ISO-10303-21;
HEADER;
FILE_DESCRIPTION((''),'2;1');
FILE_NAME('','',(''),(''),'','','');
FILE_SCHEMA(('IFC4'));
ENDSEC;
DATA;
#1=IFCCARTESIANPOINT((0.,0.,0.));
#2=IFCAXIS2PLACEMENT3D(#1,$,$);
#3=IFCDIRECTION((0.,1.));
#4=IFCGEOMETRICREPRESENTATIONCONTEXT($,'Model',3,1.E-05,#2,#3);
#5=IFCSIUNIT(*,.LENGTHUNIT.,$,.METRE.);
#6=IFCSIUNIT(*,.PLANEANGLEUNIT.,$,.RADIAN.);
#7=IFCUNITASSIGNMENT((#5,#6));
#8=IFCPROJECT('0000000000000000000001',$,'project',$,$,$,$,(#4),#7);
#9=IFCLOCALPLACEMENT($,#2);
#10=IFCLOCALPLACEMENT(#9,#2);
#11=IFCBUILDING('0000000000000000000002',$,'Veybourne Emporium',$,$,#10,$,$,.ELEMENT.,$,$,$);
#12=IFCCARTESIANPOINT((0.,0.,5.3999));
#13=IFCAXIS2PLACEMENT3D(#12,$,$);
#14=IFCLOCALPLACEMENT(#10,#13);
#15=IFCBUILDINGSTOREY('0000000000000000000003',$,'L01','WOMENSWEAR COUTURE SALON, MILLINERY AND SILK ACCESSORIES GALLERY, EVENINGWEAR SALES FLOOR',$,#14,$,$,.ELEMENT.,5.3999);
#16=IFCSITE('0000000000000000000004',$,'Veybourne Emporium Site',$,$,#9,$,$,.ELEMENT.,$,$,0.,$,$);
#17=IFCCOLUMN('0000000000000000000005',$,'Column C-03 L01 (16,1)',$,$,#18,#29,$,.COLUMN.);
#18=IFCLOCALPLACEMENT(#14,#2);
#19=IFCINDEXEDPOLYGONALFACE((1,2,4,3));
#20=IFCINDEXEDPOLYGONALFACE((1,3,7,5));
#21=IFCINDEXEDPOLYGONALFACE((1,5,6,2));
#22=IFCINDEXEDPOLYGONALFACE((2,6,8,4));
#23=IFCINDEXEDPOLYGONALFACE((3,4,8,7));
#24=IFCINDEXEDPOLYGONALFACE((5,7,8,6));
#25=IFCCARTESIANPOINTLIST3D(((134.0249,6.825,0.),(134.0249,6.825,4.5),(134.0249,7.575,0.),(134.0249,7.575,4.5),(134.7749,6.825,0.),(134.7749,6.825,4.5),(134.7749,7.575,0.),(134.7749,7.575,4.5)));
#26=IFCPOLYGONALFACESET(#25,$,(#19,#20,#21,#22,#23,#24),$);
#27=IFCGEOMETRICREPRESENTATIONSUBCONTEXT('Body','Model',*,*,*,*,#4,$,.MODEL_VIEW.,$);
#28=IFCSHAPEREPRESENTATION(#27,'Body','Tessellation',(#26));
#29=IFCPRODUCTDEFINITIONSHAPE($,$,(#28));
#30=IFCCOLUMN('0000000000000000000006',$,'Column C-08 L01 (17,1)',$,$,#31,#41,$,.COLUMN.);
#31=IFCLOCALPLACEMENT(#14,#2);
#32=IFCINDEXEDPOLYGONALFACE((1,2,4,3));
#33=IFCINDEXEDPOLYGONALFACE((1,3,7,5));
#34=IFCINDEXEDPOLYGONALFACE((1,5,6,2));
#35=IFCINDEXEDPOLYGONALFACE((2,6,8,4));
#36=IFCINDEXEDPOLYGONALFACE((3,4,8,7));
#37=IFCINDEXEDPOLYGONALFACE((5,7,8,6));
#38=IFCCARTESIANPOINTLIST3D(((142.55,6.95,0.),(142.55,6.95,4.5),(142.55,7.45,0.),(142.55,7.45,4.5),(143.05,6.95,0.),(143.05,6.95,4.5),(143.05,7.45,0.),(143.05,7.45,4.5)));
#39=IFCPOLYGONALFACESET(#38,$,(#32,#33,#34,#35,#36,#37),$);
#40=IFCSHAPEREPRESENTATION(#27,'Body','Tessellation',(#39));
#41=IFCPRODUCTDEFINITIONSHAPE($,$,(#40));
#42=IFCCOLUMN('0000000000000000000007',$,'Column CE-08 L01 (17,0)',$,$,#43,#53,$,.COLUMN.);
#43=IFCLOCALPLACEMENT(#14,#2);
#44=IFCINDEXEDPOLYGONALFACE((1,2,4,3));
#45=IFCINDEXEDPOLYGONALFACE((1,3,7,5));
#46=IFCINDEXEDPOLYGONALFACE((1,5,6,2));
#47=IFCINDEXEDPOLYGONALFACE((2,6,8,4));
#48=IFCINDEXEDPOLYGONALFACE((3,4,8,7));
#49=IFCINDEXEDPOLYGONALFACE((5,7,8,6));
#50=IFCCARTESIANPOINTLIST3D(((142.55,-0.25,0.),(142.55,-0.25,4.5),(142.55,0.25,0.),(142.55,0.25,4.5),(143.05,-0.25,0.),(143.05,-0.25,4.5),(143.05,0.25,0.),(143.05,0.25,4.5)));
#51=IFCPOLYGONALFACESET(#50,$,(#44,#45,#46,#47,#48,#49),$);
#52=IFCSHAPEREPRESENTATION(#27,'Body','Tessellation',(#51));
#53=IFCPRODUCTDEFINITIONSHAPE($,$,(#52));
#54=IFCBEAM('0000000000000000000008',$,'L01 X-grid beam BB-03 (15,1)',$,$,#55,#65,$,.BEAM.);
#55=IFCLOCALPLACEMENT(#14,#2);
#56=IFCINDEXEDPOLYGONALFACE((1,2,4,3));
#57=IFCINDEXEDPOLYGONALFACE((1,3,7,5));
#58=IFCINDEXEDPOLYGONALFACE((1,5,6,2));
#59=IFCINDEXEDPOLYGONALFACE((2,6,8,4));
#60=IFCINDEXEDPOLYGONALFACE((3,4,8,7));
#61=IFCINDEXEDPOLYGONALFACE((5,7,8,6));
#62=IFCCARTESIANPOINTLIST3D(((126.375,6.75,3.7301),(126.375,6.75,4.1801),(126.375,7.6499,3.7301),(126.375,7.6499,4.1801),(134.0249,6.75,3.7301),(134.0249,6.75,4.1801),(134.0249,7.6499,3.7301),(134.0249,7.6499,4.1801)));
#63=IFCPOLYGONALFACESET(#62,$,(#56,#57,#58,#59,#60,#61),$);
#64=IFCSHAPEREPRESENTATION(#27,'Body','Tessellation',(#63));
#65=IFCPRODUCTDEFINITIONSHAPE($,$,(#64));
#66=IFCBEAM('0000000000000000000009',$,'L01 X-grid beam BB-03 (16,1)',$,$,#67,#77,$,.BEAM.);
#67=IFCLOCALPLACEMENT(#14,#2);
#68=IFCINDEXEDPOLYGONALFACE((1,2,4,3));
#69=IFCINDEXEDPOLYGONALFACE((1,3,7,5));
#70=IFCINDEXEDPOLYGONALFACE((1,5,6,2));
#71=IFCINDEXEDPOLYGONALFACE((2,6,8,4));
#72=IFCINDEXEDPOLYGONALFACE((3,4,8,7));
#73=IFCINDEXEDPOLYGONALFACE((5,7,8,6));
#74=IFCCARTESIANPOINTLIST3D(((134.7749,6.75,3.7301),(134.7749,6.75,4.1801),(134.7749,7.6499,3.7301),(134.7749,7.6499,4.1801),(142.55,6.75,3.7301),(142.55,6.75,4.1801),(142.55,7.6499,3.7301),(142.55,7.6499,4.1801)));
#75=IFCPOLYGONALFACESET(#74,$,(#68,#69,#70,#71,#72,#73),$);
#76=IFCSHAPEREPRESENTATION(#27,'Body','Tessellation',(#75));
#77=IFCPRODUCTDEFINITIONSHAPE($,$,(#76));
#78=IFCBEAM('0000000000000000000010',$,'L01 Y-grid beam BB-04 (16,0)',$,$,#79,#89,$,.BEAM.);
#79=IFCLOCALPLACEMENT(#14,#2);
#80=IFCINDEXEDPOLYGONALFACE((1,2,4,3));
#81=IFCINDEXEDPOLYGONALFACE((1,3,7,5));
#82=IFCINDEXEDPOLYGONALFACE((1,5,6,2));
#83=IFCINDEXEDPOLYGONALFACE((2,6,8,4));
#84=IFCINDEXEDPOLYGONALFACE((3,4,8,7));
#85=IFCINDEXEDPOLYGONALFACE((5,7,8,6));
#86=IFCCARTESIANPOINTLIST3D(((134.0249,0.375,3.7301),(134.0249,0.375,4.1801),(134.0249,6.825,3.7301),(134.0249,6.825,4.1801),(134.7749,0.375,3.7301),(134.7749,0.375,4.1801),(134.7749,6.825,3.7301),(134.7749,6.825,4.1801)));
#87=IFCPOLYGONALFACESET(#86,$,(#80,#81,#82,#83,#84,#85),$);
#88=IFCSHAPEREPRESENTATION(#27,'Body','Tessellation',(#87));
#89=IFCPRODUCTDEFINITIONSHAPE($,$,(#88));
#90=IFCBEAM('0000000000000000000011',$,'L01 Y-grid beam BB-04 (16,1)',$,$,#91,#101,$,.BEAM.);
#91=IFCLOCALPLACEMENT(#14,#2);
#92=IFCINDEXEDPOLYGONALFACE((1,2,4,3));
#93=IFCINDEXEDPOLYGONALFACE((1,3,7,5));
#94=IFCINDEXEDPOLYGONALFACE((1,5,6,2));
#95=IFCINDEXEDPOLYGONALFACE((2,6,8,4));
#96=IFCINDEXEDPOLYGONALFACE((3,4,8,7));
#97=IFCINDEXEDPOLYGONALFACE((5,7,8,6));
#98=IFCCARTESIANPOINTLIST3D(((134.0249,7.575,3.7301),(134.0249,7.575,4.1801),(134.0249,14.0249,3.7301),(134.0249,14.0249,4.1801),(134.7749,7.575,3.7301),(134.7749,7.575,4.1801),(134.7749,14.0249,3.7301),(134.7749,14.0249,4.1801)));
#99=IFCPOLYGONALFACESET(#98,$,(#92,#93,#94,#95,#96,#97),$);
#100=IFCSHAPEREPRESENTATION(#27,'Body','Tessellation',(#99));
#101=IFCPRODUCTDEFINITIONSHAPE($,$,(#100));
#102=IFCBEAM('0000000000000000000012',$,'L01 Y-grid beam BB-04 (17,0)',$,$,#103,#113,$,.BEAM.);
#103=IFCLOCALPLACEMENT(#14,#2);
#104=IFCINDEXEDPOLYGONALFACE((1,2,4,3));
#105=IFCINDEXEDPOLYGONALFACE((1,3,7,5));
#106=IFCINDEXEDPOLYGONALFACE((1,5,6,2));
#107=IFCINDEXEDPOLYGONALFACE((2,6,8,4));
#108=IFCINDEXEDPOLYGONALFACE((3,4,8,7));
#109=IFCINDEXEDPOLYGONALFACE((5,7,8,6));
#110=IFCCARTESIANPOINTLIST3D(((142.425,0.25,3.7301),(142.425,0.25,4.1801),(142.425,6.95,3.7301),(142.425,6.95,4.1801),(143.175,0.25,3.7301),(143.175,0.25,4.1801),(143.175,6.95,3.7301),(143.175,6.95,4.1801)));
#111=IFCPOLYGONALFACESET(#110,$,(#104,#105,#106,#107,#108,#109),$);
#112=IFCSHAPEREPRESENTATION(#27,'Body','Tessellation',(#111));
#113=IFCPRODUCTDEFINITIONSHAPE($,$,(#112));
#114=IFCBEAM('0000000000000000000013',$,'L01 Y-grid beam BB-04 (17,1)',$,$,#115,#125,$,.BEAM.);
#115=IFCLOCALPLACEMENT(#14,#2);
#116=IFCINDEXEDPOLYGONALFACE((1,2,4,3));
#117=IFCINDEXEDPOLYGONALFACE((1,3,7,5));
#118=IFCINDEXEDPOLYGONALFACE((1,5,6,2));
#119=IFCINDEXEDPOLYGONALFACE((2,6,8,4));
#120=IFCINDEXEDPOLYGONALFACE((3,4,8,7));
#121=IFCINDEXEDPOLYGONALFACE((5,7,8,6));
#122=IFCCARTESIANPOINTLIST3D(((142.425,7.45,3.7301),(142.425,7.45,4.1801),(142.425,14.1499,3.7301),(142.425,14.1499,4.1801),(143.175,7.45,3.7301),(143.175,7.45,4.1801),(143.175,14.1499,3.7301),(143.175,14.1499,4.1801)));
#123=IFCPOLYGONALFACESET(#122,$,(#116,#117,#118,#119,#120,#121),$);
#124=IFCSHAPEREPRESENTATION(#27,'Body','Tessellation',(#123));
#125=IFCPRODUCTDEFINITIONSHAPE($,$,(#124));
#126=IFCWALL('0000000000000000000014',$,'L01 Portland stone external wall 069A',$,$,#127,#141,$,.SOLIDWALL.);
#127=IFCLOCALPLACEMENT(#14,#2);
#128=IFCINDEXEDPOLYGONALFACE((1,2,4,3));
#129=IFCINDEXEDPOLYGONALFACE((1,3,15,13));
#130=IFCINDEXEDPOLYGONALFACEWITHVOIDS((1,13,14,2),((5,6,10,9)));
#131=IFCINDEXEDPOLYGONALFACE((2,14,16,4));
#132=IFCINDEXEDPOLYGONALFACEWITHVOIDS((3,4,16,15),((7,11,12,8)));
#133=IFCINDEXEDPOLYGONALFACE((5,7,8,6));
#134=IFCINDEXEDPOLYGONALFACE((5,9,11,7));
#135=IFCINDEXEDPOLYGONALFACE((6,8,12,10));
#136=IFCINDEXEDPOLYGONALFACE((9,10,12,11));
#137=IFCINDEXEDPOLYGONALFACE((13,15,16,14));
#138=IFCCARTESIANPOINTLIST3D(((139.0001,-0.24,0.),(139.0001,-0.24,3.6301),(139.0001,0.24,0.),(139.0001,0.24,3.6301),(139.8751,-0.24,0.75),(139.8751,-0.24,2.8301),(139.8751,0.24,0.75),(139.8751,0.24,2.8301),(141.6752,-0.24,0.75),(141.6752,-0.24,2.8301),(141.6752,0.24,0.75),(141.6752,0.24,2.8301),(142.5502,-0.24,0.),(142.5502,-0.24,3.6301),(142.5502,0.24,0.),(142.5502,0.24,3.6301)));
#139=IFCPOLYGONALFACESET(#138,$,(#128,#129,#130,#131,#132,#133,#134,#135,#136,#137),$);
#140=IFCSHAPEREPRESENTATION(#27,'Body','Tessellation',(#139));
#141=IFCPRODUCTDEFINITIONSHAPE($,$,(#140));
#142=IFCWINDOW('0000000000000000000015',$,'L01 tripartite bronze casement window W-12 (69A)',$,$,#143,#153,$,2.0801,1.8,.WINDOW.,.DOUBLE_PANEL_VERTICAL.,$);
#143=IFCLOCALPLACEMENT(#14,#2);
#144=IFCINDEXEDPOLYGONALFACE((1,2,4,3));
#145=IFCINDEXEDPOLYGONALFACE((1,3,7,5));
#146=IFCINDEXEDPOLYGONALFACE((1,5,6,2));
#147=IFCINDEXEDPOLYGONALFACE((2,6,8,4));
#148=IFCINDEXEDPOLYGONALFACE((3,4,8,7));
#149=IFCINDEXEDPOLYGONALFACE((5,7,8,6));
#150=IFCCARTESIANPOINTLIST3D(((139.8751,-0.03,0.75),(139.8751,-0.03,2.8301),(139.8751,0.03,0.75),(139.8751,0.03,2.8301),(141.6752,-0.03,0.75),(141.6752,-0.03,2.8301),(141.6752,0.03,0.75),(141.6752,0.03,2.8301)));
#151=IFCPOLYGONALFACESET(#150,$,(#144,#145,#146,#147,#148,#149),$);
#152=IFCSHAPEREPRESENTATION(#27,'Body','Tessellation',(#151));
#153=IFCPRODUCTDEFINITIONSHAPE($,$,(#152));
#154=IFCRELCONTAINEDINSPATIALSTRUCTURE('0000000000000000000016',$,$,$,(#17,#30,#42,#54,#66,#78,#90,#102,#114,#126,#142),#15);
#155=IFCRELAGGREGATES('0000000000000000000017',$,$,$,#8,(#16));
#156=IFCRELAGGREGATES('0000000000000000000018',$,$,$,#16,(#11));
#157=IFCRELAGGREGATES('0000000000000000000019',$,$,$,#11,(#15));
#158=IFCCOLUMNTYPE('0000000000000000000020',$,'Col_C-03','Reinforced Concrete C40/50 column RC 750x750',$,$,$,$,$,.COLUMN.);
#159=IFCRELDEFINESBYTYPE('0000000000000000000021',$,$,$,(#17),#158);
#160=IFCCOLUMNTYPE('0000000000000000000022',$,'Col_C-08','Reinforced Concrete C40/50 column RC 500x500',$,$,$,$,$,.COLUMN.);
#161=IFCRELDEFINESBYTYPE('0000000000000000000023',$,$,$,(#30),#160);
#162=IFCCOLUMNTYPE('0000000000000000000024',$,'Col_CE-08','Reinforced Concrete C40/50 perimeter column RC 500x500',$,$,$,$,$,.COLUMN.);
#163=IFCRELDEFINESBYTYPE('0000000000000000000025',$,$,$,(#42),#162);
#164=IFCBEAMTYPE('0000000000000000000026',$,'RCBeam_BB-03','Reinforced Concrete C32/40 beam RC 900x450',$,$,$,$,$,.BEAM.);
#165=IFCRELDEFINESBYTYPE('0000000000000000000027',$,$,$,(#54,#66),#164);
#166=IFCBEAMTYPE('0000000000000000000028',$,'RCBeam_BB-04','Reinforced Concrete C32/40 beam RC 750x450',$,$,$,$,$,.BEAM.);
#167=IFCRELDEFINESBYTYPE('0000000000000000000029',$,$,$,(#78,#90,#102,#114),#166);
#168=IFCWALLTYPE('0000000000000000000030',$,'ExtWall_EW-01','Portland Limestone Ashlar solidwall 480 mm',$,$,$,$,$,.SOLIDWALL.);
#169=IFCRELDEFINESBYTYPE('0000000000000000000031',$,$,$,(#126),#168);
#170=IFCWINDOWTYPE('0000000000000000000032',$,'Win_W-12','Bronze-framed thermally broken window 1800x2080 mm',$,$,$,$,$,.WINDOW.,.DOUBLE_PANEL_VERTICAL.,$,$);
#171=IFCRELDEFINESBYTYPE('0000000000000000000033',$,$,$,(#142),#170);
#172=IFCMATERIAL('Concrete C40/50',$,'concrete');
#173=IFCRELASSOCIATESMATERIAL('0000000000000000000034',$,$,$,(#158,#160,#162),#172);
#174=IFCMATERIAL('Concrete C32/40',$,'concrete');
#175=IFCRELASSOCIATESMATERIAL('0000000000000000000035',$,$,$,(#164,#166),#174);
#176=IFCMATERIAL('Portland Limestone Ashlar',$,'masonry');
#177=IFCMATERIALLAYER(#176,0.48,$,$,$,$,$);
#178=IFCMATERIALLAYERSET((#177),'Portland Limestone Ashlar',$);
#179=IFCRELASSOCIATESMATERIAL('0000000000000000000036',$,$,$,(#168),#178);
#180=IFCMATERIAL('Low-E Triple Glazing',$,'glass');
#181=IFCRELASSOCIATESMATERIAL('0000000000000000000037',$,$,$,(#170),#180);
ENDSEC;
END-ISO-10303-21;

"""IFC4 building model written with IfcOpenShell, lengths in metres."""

from ifc_helpers import new_model, si_unit, direction, frame, frame_2d, origin, origin_2d, place, context, subcontext, project, spatial, rectangle, extrude, material, layer, layer_set, material_profile, profile_set, type_object, element, fill, save


model = new_model("IFC4")

# Units and contexts
model_context = context("Model", 3, precision=1e-05, world=origin(), true_north=direction((0.0, 1.0)))
body_context = subcontext(model_context, "Body", "Model", "MODEL_VIEW")
ifc_project = project(units=[si_unit("LENGTHUNIT", "METRE"), si_unit("PLANEANGLEUNIT", "RADIAN")], contexts=[model_context])

# Site, building, storey
site_placement = place(None, origin())
site = spatial("IfcSite", under=ifc_project, at=site_placement, Name="Veybourne Emporium Site", CompositionType="ELEMENT", RefElevation=0.0)
building_placement = place(site_placement, origin())
building = spatial("IfcBuilding", under=site, at=building_placement, Name="Veybourne Emporium", CompositionType="ELEMENT")
storey_placement = place(building_placement, frame((0.0, 0.0, 5.3999)))
storey = spatial("IfcBuildingStorey", under=building, at=storey_placement, Name="L01", Description="WOMENSWEAR COUTURE SALON, MILLINERY AND SILK ACCESSORIES GALLERY, EVENINGWEAR SALES FLOOR", CompositionType="ELEMENT", Elevation=5.3999)

# Columns
ifc_material_1 = material(Name="Concrete C40/50", Category="concrete")
ifc_material_profile_1 = material_profile(ifc_material_1, rectangle(XDim=0.75, YDim=0.75, at=origin_2d()), Name="RC 750x750")
ifc_profile_set_1 = profile_set([ifc_material_profile_1], Name="Concrete C40/50")
column_type_1 = type_object("IfcColumnType", Name="Col_C-03", Description="Reinforced Concrete C40/50 column RC 750x750", PredefinedType="COLUMN", material=ifc_profile_set_1)
column_1_placement = place(storey_placement, frame((134.3999, 7.2, 0.0), z_axis=(0.0, 0.0, 1.0), x_axis=(1.0, 0.0, 0.0)))
element("IfcColumn", 1, at=column_1_placement, inside=storey, type_object=column_type_1, Name="Column C-03 L01 (16,1)", PredefinedType="COLUMN", context=body_context, shape_type="SweptSolid", body=[
    extrude(rectangle(XDim=0.75, YDim=0.75, at=origin_2d()), origin(), (0.0, 0.0, 1.0), 4.5),
])
ifc_material_profile_2 = material_profile(ifc_material_1, rectangle(XDim=0.5, YDim=0.5, at=origin_2d()), Name="RC 500x500")
ifc_profile_set_2 = profile_set([ifc_material_profile_2], Name="Concrete C40/50")
column_type_2 = type_object("IfcColumnType", Name="Col_C-08", Description="Reinforced Concrete C40/50 column RC 500x500", PredefinedType="COLUMN", material=ifc_profile_set_2)
column_2_placement = place(storey_placement, frame((142.8, 7.2, 0.0), z_axis=(0.0, 0.0, 1.0), x_axis=(1.0, 0.0, 0.0)))
element("IfcColumn", 2, at=column_2_placement, inside=storey, type_object=column_type_2, Name="Column C-08 L01 (17,1)", PredefinedType="COLUMN", context=body_context, shape_type="SweptSolid", body=[
    extrude(rectangle(XDim=0.5, YDim=0.5, at=origin_2d()), origin(), (0.0, 0.0, 1.0), 4.5),
])
ifc_material_profile_3 = material_profile(ifc_material_1, rectangle(XDim=0.5, YDim=0.5, at=origin_2d()), Name="RC 500x500")
ifc_profile_set_3 = profile_set([ifc_material_profile_3], Name="Concrete C40/50")
column_type_3 = type_object("IfcColumnType", Name="Col_CE-08", Description="Reinforced Concrete C40/50 perimeter column RC 500x500", PredefinedType="COLUMN", material=ifc_profile_set_3)
column_3_placement = place(storey_placement, frame((142.8, 0.0, 0.0), z_axis=(0.0, 0.0, 1.0), x_axis=(1.0, 0.0, 0.0)))
element("IfcColumn", 3, at=column_3_placement, inside=storey, type_object=column_type_3, Name="Column CE-08 L01 (17,0)", PredefinedType="COLUMN", context=body_context, shape_type="SweptSolid", body=[
    extrude(rectangle(XDim=0.5, YDim=0.5, at=origin_2d()), origin(), (0.0, 0.0, 1.0), 4.5),
])

# Beams
ifc_material_2 = material(Name="Concrete C32/40", Category="concrete")
ifc_material_profile_4 = material_profile(ifc_material_2, rectangle(XDim=0.8999, YDim=0.45, at=origin_2d()), Name="RC 900x450")
ifc_profile_set_4 = profile_set([ifc_material_profile_4], Name="Concrete C32/40")
beam_type_1 = type_object("IfcBeamType", Name="RCBeam_BB-03", Description="Reinforced Concrete C32/40 beam RC 900x450", PredefinedType="BEAM", material=ifc_profile_set_4)
beam_1_placement = place(storey_placement, frame((126.375, 7.2, 3.9551), z_axis=(1.0, 0.0, 0.0), x_axis=(0.0, 1.0, 0.0)))
element("IfcBeam", 4, at=beam_1_placement, inside=storey, type_object=beam_type_1, Name="L01 X-grid beam BB-03 (15,1)", PredefinedType="BEAM", context=body_context, shape_type="SweptSolid", body=[
    extrude(rectangle(XDim=0.8999, YDim=0.45, at=origin_2d()), origin(), (0.0, 0.0, 1.0), 7.6499),
])
beam_2_placement = place(storey_placement, frame((134.7749, 7.2, 3.9551), z_axis=(1.0, 0.0, 0.0), x_axis=(0.0, 1.0, 0.0)))
element("IfcBeam", 5, at=beam_2_placement, inside=storey, type_object=beam_type_1, Name="L01 X-grid beam BB-03 (16,1)", PredefinedType="BEAM", context=body_context, shape_type="SweptSolid", body=[
    extrude(rectangle(XDim=0.8999, YDim=0.45, at=origin_2d()), origin(), (0.0, 0.0, 1.0), 7.7751),
])
ifc_material_profile_5 = material_profile(ifc_material_2, rectangle(XDim=0.75, YDim=0.45, at=origin_2d()), Name="RC 750x450")
ifc_profile_set_5 = profile_set([ifc_material_profile_5], Name="Concrete C32/40")
beam_type_2 = type_object("IfcBeamType", Name="RCBeam_BB-04", Description="Reinforced Concrete C32/40 beam RC 750x450", PredefinedType="BEAM", material=ifc_profile_set_5)
for number, where, z_axis, x_axis, name in (
    (6, (134.3999, 0.375, 3.9551), (0.0, 1.0, 0.0), (-1.0, 0.0, 0.0), "L01 Y-grid beam BB-04 (16,0)"),
    (7, (134.3999, 7.575, 3.9551), (0.0, 1.0, 0.0), (-1.0, 0.0, 0.0), "L01 Y-grid beam BB-04 (16,1)"),
):
    element("IfcBeam", number, at=place(storey_placement, frame(where, z_axis=z_axis, x_axis=x_axis)), inside=storey, type_object=beam_type_2, Name=name, PredefinedType="BEAM", context=body_context, shape_type="SweptSolid", body=[
        extrude(rectangle(XDim=0.75, YDim=0.45, at=origin_2d()), origin(), (0.0, 0.0, 1.0), 6.45),
    ])
for number, where, z_axis, x_axis, name in (
    (8, (142.8, 0.25, 3.9551), (0.0, 1.0, 0.0), (-1.0, 0.0, 0.0), "L01 Y-grid beam BB-04 (17,0)"),
    (9, (142.8, 7.45, 3.9551), (0.0, 1.0, 0.0), (-1.0, 0.0, 0.0), "L01 Y-grid beam BB-04 (17,1)"),
):
    element("IfcBeam", number, at=place(storey_placement, frame(where, z_axis=z_axis, x_axis=x_axis)), inside=storey, type_object=beam_type_2, Name=name, PredefinedType="BEAM", context=body_context, shape_type="SweptSolid", body=[
        extrude(rectangle(XDim=0.75, YDim=0.45, at=origin_2d()), origin(), (0.0, 0.0, 1.0), 6.7),
    ])

# Wall, opening, window
ifc_material_3 = material(Name="Portland Limestone Ashlar", Category="masonry")
ifc_layer_1 = layer(ifc_material_3, 0.48)
ifc_layer_set_1 = layer_set([ifc_layer_1], Name="Portland Limestone Ashlar")
wall_type_1 = type_object("IfcWallType", Name="ExtWall_EW-01", Description="Portland Limestone Ashlar solidwall 480 mm", PredefinedType="SOLIDWALL", material=ifc_layer_set_1)
wall_1_placement = place(storey_placement, frame((142.55, 0.0, 0.0), z_axis=(0.0, 0.0, 1.0), x_axis=(-1.0, 0.0, 0.0)))
wall_1 = element("IfcWall", 10, at=wall_1_placement, inside=storey, type_object=wall_type_1, Name="L01 Portland stone external wall 069A", PredefinedType="SOLIDWALL", context=body_context, shape_type="SweptSolid", body=[
    extrude(rectangle(XDim=3.55, YDim=0.48, at=frame_2d((1.7749, 0.0))), origin(), (0.0, 0.0, 1.0), 3.6301),
])
opening_1_placement = place(wall_1_placement, frame((0.875, 0.0, 0.75)))
opening_1 = element("IfcOpeningElement", 11, at=opening_1_placement, cuts=wall_1, PredefinedType="OPENING", context=body_context, shape_type="SweptSolid", body=[
    extrude(rectangle(XDim=1.8, YDim=2.0801, at=frame_2d((0.8999, 1.04))), frame((0.0, 0.26, 0.0), z_axis=(0.0, -1.0, 0.0), x_axis=(1.0, 0.0, 0.0)), (0.0, 0.0, 1.0), 0.52),
])
ifc_material_4 = material(Name="Low-E Triple Glazing", Category="glass")
window_type = type_object("IfcWindowType", Name="Win_W-12", Description="Bronze-framed thermally broken window 1800x2080 mm", PartitioningType="DOUBLE_PANEL_VERTICAL", PredefinedType="WINDOW", material=ifc_material_4)
window_placement = place(opening_1_placement, origin())
window = element("IfcWindow", 12, at=window_placement, inside=storey, type_object=window_type, Name="L01 tripartite bronze casement window W-12 (69A)", OverallHeight=2.0801, OverallWidth=1.8, PartitioningType="DOUBLE_PANEL_VERTICAL", PredefinedType="WINDOW", context=body_context, shape_type="SweptSolid", body=[
    extrude(rectangle(XDim=1.8, YDim=2.0801, at=frame_2d((0.8999, 1.04))), frame((0.0, 0.03, 0.0), z_axis=(0.0, -1.0, 0.0), x_axis=(1.0, 0.0, 0.0)), (0.0, 0.0, 1.0), 0.0601),
])
fill(opening_1, window)

save(model, "model.ifc")
